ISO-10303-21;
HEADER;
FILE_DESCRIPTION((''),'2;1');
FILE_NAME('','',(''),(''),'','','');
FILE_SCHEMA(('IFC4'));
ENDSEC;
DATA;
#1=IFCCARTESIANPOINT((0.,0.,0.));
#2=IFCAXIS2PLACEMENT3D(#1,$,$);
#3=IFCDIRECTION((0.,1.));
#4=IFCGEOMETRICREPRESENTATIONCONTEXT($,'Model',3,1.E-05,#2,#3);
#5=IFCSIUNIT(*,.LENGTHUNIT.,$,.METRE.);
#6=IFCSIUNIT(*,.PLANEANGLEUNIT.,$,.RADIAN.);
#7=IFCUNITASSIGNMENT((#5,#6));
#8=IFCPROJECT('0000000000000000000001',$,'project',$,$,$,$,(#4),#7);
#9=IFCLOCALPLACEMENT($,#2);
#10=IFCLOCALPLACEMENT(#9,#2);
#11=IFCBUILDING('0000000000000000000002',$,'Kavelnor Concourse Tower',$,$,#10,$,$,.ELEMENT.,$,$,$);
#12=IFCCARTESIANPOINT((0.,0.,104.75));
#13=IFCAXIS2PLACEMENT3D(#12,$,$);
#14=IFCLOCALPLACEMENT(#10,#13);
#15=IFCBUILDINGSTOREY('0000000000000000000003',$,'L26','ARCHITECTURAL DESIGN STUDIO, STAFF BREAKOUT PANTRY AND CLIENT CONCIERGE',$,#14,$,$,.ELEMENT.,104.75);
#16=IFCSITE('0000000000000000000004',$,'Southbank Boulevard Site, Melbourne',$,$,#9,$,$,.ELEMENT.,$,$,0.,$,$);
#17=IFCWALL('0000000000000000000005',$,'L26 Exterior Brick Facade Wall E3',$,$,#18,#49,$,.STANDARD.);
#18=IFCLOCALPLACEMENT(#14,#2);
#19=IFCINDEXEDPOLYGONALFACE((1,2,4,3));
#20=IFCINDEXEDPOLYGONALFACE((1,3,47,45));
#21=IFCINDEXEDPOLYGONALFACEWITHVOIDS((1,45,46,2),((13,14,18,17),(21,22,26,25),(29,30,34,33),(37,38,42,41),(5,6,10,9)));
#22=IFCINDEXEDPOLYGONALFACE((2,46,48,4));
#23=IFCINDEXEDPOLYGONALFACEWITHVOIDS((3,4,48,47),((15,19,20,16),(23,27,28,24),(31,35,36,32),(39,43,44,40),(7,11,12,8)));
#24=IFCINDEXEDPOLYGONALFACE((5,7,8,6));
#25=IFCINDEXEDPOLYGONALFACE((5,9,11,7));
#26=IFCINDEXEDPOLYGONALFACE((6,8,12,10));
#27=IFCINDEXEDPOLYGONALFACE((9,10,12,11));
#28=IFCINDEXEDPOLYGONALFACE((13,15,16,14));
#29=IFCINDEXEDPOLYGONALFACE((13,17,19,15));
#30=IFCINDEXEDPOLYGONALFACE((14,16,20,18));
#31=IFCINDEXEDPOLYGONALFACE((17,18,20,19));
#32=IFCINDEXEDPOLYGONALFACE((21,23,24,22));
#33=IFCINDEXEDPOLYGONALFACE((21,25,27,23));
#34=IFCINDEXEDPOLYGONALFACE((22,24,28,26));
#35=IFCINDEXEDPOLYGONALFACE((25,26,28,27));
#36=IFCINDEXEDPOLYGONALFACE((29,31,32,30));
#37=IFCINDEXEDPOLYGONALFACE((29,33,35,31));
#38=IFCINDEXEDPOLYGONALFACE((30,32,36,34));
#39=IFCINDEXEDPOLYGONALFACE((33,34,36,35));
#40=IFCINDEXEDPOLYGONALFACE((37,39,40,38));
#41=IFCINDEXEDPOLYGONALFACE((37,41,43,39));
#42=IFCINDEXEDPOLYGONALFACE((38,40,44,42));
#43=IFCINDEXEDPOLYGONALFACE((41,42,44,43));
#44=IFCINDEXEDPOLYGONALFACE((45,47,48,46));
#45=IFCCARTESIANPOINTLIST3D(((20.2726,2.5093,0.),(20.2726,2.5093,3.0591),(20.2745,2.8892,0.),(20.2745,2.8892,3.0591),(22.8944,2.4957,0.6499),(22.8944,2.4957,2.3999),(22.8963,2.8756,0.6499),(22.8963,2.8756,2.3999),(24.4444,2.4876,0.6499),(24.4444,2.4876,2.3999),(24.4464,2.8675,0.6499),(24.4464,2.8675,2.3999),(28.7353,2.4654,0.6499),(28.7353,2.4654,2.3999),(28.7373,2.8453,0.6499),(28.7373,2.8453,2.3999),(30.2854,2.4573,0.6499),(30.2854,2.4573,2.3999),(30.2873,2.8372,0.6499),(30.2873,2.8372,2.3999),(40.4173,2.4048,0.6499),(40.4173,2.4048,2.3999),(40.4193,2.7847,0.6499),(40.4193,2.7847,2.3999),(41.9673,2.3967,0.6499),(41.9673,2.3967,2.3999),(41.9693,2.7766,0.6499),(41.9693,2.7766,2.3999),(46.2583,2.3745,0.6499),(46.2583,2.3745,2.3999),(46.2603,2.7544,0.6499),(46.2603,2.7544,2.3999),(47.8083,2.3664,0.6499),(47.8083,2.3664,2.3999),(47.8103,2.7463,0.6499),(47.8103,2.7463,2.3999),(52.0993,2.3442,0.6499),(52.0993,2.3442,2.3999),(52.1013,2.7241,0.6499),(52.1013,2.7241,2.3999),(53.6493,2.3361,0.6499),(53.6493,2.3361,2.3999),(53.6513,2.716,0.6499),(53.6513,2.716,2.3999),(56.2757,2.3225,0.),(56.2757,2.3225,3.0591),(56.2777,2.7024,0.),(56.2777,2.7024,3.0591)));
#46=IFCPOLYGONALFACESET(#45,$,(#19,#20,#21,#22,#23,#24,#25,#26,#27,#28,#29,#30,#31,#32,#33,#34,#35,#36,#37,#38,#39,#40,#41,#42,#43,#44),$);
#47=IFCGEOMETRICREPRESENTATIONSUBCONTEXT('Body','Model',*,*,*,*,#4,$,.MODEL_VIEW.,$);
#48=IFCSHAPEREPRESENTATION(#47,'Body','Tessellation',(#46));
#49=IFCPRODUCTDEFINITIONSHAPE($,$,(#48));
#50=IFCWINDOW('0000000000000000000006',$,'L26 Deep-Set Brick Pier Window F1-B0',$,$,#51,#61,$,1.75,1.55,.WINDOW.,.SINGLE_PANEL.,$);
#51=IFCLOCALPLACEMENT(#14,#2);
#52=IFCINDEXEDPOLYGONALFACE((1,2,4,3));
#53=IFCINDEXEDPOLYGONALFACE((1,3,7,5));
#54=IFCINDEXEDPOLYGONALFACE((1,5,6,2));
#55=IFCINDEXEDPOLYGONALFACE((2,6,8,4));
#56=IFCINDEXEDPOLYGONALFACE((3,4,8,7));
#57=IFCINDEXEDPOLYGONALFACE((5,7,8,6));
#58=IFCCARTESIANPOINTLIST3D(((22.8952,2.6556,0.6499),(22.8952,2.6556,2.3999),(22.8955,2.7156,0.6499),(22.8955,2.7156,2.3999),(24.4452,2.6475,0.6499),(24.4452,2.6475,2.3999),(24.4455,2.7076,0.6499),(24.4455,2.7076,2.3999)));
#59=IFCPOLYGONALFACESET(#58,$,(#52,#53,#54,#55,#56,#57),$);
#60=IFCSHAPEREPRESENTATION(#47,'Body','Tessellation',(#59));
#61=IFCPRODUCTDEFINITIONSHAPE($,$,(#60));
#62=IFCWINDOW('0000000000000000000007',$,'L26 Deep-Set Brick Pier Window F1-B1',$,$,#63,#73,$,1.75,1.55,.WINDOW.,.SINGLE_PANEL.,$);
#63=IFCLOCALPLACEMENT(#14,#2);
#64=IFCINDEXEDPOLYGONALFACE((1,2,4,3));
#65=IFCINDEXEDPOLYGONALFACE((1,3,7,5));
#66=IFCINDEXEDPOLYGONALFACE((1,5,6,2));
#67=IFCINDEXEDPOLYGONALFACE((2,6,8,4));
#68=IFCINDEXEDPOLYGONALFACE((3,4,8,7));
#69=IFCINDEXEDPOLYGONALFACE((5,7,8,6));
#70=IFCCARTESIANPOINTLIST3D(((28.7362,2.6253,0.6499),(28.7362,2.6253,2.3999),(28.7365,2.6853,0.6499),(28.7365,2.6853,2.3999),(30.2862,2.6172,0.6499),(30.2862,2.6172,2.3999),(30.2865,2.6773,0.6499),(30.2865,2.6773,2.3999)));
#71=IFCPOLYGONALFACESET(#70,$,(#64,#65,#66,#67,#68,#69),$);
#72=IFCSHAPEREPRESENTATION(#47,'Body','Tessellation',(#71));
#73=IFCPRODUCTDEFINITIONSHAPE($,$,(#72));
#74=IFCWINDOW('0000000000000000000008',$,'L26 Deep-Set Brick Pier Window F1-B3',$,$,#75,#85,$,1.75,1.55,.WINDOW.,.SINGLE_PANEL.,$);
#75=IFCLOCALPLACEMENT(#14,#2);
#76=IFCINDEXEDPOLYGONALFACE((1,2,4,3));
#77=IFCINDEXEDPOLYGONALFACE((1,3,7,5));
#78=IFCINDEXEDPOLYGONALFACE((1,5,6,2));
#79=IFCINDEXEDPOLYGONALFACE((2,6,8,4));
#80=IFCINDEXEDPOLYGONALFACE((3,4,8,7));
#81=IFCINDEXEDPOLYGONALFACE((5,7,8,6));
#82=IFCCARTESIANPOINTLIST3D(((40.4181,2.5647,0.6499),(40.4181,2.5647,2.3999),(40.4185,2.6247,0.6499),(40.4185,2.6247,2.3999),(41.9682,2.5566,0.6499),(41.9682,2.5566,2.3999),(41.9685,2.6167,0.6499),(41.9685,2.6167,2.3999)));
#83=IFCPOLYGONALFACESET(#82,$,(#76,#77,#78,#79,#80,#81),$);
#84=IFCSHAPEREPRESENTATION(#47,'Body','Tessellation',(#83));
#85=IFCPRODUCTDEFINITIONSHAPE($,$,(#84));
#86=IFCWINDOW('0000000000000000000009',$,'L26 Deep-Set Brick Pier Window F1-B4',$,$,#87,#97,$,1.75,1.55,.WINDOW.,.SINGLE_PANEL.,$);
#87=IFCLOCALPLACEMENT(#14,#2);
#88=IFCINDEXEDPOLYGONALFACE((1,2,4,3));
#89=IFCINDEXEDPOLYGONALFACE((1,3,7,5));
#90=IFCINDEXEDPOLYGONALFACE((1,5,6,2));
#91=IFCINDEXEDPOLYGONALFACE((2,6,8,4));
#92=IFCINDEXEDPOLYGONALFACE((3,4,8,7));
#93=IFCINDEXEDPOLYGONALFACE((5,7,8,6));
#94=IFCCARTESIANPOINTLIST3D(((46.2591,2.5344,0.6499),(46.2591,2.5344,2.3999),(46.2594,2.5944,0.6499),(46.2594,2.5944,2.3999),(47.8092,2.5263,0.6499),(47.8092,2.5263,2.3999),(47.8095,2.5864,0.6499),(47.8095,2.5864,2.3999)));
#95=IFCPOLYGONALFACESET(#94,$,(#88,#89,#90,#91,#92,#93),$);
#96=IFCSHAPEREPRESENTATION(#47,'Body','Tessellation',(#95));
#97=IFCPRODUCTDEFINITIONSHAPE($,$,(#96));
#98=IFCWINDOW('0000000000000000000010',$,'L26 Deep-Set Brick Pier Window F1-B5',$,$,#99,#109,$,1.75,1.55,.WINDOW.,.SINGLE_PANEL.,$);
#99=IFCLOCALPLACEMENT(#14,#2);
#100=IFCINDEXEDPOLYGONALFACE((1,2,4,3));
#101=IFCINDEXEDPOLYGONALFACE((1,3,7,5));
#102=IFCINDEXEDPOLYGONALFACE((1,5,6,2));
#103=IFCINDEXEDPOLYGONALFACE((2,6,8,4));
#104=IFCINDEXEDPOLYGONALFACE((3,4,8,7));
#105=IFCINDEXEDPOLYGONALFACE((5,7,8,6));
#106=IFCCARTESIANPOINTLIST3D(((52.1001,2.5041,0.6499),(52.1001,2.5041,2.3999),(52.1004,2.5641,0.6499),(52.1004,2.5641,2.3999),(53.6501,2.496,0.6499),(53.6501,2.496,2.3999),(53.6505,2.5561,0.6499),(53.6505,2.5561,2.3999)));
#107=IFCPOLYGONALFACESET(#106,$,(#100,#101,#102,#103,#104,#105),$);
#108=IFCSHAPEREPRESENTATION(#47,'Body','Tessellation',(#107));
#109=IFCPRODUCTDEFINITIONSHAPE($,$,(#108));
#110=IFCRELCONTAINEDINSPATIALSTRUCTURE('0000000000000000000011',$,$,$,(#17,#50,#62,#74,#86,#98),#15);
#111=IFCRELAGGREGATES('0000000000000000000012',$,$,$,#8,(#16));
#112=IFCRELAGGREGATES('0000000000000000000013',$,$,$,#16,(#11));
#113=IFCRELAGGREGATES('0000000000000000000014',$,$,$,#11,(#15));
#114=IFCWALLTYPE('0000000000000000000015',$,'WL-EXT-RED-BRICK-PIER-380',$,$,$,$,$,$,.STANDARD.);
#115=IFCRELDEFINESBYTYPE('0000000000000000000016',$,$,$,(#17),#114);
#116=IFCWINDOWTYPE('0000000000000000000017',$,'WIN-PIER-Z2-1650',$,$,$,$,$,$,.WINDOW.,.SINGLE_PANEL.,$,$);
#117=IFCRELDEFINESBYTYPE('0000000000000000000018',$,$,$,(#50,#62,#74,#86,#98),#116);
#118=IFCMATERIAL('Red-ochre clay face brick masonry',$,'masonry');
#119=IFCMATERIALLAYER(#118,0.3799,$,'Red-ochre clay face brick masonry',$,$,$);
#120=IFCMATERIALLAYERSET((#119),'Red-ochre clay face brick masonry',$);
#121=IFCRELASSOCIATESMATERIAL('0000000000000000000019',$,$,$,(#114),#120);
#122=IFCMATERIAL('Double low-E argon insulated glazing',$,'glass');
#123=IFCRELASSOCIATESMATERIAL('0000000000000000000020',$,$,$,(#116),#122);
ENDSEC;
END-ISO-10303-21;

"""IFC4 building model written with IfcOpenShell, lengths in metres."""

from ifc_helpers import new_model, si_unit, direction, frame, frame_2d, origin, place, context, subcontext, project, spatial, rectangle, extrude, material, layer, layer_set, type_object, element, fill, save


model = new_model("IFC4")

# Units and contexts
model_context = context("Model", 3, precision=1e-05, world=origin(), true_north=direction((0.0, 1.0)))
body_context = subcontext(model_context, "Body", "Model", "MODEL_VIEW")
ifc_project = project(units=[si_unit("LENGTHUNIT", "METRE"), si_unit("PLANEANGLEUNIT", "RADIAN")], contexts=[model_context])

# Site, building, storey
site_placement = place(None, origin())
site = spatial("IfcSite", under=ifc_project, at=site_placement, Name="Southbank Boulevard Site, Melbourne", CompositionType="ELEMENT", RefElevation=0.0)
building_placement = place(site_placement, origin())
building = spatial("IfcBuilding", under=site, at=building_placement, Name="Kavelnor Concourse Tower", CompositionType="ELEMENT")
storey_placement = place(building_placement, frame((0.0, 0.0, 104.75)))
storey = spatial("IfcBuildingStorey", under=building, at=storey_placement, Name="L26", Description="ARCHITECTURAL DESIGN STUDIO, STAFF BREAKOUT PANTRY AND CLIENT CONCIERGE", CompositionType="ELEMENT", Elevation=104.75)

# Shared definitions
ifc_material_1 = material(Name="Double low-E argon insulated glazing", Category="glass")

# Wall, openings, windows
ifc_material_2 = material(Name="Red-ochre clay face brick masonry", Category="masonry")
ifc_layer_1 = layer(ifc_material_2, 0.3799, Name="Red-ochre clay face brick masonry")
ifc_layer_set_1 = layer_set([ifc_layer_1], Name="Red-ochre clay face brick masonry")
wall_type_1 = type_object("IfcWallType", Name="WL-EXT-RED-BRICK-PIER-380", PredefinedType="STANDARD", material=ifc_layer_set_1)
wall_1_placement = place(storey_placement, frame((56.2769, 2.5125, 0.0), z_axis=(0.0, 0.0, 1.0), x_axis=(-0.999987, 0.005187, 0.0)))
wall_1 = element("IfcWall", 1, at=wall_1_placement, inside=storey, type_object=wall_type_1, Name="L26 Exterior Brick Facade Wall E3", PredefinedType="STANDARD", context=body_context, shape_type="SweptSolid", body=[
    extrude(rectangle(XDim=36.0037, YDim=0.3799, at=frame_2d((18.002, 0.0))), origin(), (0.0, 0.0, 1.0), 3.0591),
])
opening_1_placement = place(wall_1_placement, frame((31.832, 0.0, 0.6499)))
opening_1 = element("IfcOpeningElement", 2, at=opening_1_placement, cuts=wall_1, PredefinedType="OPENING", context=body_context, shape_type="SweptSolid", body=[
    extrude(rectangle(XDim=1.55, YDim=1.75, at=frame_2d((0.7749, 0.875))), frame((0.0, 0.2, 0.0), z_axis=(0.0, -1.0, 0.0), x_axis=(1.0, 0.0, 0.0)), (0.0, 0.0, 1.0), 0.3999),
])
opening_2_placement = place(wall_1_placement, frame((25.991, 0.0, 0.6499)))
opening_2 = element("IfcOpeningElement", 3, at=opening_2_placement, cuts=wall_1, PredefinedType="OPENING", context=body_context, shape_type="SweptSolid", body=[
    extrude(rectangle(XDim=1.55, YDim=1.75, at=frame_2d((0.7749, 0.875))), frame((0.0, 0.2, 0.0), z_axis=(0.0, -1.0, 0.0), x_axis=(1.0, 0.0, 0.0)), (0.0, 0.0, 1.0), 0.3999),
])
opening_3_placement = place(wall_1_placement, frame((14.3088, 0.0, 0.6499)))
opening_3 = element("IfcOpeningElement", 4, at=opening_3_placement, cuts=wall_1, PredefinedType="OPENING", context=body_context, shape_type="SweptSolid", body=[
    extrude(rectangle(XDim=1.55, YDim=1.75, at=frame_2d((0.7749, 0.875))), frame((0.0, 0.2, 0.0), z_axis=(0.0, -1.0, 0.0), x_axis=(1.0, 0.0, 0.0)), (0.0, 0.0, 1.0), 0.3999),
])
opening_4_placement = place(wall_1_placement, frame((8.4678, 0.0, 0.6499)))
opening_4 = element("IfcOpeningElement", 5, at=opening_4_placement, cuts=wall_1, PredefinedType="OPENING", context=body_context, shape_type="SweptSolid", body=[
    extrude(rectangle(XDim=1.55, YDim=1.75, at=frame_2d((0.7749, 0.875))), frame((0.0, 0.2, 0.0), z_axis=(0.0, -1.0, 0.0), x_axis=(1.0, 0.0, 0.0)), (0.0, 0.0, 1.0), 0.3999),
])
opening_5_placement = place(wall_1_placement, frame((2.6267, 0.0, 0.6499)))
opening_5 = element("IfcOpeningElement", 6, at=opening_5_placement, cuts=wall_1, PredefinedType="OPENING", context=body_context, shape_type="SweptSolid", body=[
    extrude(rectangle(XDim=1.55, YDim=1.75, at=frame_2d((0.7749, 0.875))), frame((0.0, 0.2, 0.0), z_axis=(0.0, -1.0, 0.0), x_axis=(1.0, 0.0, 0.0)), (0.0, 0.0, 1.0), 0.3999),
])
window_type_1 = type_object("IfcWindowType", Name="WIN-PIER-Z2-1650", PartitioningType="SINGLE_PANEL", PredefinedType="WINDOW", material=ifc_material_1)
window_1_placement = place(opening_1_placement, origin())
window_1 = element("IfcWindow", 7, at=window_1_placement, inside=storey, type_object=window_type_1, Name="L26 Deep-Set Brick Pier Window F1-B0", OverallHeight=1.75, OverallWidth=1.55, PartitioningType="SINGLE_PANEL", PredefinedType="WINDOW", context=body_context, shape_type="SweptSolid", body=[
    extrude(rectangle(XDim=1.55, YDim=1.75, at=frame_2d((0.7749, 0.875))), frame((0.0, 0.03, 0.0), z_axis=(0.0, -1.0, 0.0), x_axis=(1.0, 0.0, 0.0)), (0.0, 0.0, 1.0), 0.0601),
])
fill(opening_1, window_1)
window_2_placement = place(opening_2_placement, origin())
window_2 = element("IfcWindow", 8, at=window_2_placement, inside=storey, type_object=window_type_1, Name="L26 Deep-Set Brick Pier Window F1-B1", OverallHeight=1.75, OverallWidth=1.55, PartitioningType="SINGLE_PANEL", PredefinedType="WINDOW", context=body_context, shape_type="SweptSolid", body=[
    extrude(rectangle(XDim=1.55, YDim=1.75, at=frame_2d((0.7749, 0.875))), frame((0.0, 0.03, 0.0), z_axis=(0.0, -1.0, 0.0), x_axis=(1.0, 0.0, 0.0)), (0.0, 0.0, 1.0), 0.0601),
])
fill(opening_2, window_2)
window_3_placement = place(opening_3_placement, origin())
window_3 = element("IfcWindow", 9, at=window_3_placement, inside=storey, type_object=window_type_1, Name="L26 Deep-Set Brick Pier Window F1-B3", OverallHeight=1.75, OverallWidth=1.55, PartitioningType="SINGLE_PANEL", PredefinedType="WINDOW", context=body_context, shape_type="SweptSolid", body=[
    extrude(rectangle(XDim=1.55, YDim=1.75, at=frame_2d((0.7749, 0.875))), frame((0.0, 0.03, 0.0), z_axis=(0.0, -1.0, 0.0), x_axis=(1.0, 0.0, 0.0)), (0.0, 0.0, 1.0), 0.0601),
])
fill(opening_3, window_3)
window_4_placement = place(opening_4_placement, origin())
window_4 = element("IfcWindow", 10, at=window_4_placement, inside=storey, type_object=window_type_1, Name="L26 Deep-Set Brick Pier Window F1-B4", OverallHeight=1.75, OverallWidth=1.55, PartitioningType="SINGLE_PANEL", PredefinedType="WINDOW", context=body_context, shape_type="SweptSolid", body=[
    extrude(rectangle(XDim=1.55, YDim=1.75, at=frame_2d((0.7749, 0.875))), frame((0.0, 0.03, 0.0), z_axis=(0.0, -1.0, 0.0), x_axis=(1.0, 0.0, 0.0)), (0.0, 0.0, 1.0), 0.0601),
])
fill(opening_4, window_4)
window_5_placement = place(opening_5_placement, origin())
window_5 = element("IfcWindow", 11, at=window_5_placement, inside=storey, type_object=window_type_1, Name="L26 Deep-Set Brick Pier Window F1-B5", OverallHeight=1.75, OverallWidth=1.55, PartitioningType="SINGLE_PANEL", PredefinedType="WINDOW", context=body_context, shape_type="SweptSolid", body=[
    extrude(rectangle(XDim=1.55, YDim=1.75, at=frame_2d((0.7749, 0.875))), frame((0.0, 0.03, 0.0), z_axis=(0.0, -1.0, 0.0), x_axis=(1.0, 0.0, 0.0)), (0.0, 0.0, 1.0), 0.0601),
])
fill(opening_5, window_5)

save(model, "model.ifc")
